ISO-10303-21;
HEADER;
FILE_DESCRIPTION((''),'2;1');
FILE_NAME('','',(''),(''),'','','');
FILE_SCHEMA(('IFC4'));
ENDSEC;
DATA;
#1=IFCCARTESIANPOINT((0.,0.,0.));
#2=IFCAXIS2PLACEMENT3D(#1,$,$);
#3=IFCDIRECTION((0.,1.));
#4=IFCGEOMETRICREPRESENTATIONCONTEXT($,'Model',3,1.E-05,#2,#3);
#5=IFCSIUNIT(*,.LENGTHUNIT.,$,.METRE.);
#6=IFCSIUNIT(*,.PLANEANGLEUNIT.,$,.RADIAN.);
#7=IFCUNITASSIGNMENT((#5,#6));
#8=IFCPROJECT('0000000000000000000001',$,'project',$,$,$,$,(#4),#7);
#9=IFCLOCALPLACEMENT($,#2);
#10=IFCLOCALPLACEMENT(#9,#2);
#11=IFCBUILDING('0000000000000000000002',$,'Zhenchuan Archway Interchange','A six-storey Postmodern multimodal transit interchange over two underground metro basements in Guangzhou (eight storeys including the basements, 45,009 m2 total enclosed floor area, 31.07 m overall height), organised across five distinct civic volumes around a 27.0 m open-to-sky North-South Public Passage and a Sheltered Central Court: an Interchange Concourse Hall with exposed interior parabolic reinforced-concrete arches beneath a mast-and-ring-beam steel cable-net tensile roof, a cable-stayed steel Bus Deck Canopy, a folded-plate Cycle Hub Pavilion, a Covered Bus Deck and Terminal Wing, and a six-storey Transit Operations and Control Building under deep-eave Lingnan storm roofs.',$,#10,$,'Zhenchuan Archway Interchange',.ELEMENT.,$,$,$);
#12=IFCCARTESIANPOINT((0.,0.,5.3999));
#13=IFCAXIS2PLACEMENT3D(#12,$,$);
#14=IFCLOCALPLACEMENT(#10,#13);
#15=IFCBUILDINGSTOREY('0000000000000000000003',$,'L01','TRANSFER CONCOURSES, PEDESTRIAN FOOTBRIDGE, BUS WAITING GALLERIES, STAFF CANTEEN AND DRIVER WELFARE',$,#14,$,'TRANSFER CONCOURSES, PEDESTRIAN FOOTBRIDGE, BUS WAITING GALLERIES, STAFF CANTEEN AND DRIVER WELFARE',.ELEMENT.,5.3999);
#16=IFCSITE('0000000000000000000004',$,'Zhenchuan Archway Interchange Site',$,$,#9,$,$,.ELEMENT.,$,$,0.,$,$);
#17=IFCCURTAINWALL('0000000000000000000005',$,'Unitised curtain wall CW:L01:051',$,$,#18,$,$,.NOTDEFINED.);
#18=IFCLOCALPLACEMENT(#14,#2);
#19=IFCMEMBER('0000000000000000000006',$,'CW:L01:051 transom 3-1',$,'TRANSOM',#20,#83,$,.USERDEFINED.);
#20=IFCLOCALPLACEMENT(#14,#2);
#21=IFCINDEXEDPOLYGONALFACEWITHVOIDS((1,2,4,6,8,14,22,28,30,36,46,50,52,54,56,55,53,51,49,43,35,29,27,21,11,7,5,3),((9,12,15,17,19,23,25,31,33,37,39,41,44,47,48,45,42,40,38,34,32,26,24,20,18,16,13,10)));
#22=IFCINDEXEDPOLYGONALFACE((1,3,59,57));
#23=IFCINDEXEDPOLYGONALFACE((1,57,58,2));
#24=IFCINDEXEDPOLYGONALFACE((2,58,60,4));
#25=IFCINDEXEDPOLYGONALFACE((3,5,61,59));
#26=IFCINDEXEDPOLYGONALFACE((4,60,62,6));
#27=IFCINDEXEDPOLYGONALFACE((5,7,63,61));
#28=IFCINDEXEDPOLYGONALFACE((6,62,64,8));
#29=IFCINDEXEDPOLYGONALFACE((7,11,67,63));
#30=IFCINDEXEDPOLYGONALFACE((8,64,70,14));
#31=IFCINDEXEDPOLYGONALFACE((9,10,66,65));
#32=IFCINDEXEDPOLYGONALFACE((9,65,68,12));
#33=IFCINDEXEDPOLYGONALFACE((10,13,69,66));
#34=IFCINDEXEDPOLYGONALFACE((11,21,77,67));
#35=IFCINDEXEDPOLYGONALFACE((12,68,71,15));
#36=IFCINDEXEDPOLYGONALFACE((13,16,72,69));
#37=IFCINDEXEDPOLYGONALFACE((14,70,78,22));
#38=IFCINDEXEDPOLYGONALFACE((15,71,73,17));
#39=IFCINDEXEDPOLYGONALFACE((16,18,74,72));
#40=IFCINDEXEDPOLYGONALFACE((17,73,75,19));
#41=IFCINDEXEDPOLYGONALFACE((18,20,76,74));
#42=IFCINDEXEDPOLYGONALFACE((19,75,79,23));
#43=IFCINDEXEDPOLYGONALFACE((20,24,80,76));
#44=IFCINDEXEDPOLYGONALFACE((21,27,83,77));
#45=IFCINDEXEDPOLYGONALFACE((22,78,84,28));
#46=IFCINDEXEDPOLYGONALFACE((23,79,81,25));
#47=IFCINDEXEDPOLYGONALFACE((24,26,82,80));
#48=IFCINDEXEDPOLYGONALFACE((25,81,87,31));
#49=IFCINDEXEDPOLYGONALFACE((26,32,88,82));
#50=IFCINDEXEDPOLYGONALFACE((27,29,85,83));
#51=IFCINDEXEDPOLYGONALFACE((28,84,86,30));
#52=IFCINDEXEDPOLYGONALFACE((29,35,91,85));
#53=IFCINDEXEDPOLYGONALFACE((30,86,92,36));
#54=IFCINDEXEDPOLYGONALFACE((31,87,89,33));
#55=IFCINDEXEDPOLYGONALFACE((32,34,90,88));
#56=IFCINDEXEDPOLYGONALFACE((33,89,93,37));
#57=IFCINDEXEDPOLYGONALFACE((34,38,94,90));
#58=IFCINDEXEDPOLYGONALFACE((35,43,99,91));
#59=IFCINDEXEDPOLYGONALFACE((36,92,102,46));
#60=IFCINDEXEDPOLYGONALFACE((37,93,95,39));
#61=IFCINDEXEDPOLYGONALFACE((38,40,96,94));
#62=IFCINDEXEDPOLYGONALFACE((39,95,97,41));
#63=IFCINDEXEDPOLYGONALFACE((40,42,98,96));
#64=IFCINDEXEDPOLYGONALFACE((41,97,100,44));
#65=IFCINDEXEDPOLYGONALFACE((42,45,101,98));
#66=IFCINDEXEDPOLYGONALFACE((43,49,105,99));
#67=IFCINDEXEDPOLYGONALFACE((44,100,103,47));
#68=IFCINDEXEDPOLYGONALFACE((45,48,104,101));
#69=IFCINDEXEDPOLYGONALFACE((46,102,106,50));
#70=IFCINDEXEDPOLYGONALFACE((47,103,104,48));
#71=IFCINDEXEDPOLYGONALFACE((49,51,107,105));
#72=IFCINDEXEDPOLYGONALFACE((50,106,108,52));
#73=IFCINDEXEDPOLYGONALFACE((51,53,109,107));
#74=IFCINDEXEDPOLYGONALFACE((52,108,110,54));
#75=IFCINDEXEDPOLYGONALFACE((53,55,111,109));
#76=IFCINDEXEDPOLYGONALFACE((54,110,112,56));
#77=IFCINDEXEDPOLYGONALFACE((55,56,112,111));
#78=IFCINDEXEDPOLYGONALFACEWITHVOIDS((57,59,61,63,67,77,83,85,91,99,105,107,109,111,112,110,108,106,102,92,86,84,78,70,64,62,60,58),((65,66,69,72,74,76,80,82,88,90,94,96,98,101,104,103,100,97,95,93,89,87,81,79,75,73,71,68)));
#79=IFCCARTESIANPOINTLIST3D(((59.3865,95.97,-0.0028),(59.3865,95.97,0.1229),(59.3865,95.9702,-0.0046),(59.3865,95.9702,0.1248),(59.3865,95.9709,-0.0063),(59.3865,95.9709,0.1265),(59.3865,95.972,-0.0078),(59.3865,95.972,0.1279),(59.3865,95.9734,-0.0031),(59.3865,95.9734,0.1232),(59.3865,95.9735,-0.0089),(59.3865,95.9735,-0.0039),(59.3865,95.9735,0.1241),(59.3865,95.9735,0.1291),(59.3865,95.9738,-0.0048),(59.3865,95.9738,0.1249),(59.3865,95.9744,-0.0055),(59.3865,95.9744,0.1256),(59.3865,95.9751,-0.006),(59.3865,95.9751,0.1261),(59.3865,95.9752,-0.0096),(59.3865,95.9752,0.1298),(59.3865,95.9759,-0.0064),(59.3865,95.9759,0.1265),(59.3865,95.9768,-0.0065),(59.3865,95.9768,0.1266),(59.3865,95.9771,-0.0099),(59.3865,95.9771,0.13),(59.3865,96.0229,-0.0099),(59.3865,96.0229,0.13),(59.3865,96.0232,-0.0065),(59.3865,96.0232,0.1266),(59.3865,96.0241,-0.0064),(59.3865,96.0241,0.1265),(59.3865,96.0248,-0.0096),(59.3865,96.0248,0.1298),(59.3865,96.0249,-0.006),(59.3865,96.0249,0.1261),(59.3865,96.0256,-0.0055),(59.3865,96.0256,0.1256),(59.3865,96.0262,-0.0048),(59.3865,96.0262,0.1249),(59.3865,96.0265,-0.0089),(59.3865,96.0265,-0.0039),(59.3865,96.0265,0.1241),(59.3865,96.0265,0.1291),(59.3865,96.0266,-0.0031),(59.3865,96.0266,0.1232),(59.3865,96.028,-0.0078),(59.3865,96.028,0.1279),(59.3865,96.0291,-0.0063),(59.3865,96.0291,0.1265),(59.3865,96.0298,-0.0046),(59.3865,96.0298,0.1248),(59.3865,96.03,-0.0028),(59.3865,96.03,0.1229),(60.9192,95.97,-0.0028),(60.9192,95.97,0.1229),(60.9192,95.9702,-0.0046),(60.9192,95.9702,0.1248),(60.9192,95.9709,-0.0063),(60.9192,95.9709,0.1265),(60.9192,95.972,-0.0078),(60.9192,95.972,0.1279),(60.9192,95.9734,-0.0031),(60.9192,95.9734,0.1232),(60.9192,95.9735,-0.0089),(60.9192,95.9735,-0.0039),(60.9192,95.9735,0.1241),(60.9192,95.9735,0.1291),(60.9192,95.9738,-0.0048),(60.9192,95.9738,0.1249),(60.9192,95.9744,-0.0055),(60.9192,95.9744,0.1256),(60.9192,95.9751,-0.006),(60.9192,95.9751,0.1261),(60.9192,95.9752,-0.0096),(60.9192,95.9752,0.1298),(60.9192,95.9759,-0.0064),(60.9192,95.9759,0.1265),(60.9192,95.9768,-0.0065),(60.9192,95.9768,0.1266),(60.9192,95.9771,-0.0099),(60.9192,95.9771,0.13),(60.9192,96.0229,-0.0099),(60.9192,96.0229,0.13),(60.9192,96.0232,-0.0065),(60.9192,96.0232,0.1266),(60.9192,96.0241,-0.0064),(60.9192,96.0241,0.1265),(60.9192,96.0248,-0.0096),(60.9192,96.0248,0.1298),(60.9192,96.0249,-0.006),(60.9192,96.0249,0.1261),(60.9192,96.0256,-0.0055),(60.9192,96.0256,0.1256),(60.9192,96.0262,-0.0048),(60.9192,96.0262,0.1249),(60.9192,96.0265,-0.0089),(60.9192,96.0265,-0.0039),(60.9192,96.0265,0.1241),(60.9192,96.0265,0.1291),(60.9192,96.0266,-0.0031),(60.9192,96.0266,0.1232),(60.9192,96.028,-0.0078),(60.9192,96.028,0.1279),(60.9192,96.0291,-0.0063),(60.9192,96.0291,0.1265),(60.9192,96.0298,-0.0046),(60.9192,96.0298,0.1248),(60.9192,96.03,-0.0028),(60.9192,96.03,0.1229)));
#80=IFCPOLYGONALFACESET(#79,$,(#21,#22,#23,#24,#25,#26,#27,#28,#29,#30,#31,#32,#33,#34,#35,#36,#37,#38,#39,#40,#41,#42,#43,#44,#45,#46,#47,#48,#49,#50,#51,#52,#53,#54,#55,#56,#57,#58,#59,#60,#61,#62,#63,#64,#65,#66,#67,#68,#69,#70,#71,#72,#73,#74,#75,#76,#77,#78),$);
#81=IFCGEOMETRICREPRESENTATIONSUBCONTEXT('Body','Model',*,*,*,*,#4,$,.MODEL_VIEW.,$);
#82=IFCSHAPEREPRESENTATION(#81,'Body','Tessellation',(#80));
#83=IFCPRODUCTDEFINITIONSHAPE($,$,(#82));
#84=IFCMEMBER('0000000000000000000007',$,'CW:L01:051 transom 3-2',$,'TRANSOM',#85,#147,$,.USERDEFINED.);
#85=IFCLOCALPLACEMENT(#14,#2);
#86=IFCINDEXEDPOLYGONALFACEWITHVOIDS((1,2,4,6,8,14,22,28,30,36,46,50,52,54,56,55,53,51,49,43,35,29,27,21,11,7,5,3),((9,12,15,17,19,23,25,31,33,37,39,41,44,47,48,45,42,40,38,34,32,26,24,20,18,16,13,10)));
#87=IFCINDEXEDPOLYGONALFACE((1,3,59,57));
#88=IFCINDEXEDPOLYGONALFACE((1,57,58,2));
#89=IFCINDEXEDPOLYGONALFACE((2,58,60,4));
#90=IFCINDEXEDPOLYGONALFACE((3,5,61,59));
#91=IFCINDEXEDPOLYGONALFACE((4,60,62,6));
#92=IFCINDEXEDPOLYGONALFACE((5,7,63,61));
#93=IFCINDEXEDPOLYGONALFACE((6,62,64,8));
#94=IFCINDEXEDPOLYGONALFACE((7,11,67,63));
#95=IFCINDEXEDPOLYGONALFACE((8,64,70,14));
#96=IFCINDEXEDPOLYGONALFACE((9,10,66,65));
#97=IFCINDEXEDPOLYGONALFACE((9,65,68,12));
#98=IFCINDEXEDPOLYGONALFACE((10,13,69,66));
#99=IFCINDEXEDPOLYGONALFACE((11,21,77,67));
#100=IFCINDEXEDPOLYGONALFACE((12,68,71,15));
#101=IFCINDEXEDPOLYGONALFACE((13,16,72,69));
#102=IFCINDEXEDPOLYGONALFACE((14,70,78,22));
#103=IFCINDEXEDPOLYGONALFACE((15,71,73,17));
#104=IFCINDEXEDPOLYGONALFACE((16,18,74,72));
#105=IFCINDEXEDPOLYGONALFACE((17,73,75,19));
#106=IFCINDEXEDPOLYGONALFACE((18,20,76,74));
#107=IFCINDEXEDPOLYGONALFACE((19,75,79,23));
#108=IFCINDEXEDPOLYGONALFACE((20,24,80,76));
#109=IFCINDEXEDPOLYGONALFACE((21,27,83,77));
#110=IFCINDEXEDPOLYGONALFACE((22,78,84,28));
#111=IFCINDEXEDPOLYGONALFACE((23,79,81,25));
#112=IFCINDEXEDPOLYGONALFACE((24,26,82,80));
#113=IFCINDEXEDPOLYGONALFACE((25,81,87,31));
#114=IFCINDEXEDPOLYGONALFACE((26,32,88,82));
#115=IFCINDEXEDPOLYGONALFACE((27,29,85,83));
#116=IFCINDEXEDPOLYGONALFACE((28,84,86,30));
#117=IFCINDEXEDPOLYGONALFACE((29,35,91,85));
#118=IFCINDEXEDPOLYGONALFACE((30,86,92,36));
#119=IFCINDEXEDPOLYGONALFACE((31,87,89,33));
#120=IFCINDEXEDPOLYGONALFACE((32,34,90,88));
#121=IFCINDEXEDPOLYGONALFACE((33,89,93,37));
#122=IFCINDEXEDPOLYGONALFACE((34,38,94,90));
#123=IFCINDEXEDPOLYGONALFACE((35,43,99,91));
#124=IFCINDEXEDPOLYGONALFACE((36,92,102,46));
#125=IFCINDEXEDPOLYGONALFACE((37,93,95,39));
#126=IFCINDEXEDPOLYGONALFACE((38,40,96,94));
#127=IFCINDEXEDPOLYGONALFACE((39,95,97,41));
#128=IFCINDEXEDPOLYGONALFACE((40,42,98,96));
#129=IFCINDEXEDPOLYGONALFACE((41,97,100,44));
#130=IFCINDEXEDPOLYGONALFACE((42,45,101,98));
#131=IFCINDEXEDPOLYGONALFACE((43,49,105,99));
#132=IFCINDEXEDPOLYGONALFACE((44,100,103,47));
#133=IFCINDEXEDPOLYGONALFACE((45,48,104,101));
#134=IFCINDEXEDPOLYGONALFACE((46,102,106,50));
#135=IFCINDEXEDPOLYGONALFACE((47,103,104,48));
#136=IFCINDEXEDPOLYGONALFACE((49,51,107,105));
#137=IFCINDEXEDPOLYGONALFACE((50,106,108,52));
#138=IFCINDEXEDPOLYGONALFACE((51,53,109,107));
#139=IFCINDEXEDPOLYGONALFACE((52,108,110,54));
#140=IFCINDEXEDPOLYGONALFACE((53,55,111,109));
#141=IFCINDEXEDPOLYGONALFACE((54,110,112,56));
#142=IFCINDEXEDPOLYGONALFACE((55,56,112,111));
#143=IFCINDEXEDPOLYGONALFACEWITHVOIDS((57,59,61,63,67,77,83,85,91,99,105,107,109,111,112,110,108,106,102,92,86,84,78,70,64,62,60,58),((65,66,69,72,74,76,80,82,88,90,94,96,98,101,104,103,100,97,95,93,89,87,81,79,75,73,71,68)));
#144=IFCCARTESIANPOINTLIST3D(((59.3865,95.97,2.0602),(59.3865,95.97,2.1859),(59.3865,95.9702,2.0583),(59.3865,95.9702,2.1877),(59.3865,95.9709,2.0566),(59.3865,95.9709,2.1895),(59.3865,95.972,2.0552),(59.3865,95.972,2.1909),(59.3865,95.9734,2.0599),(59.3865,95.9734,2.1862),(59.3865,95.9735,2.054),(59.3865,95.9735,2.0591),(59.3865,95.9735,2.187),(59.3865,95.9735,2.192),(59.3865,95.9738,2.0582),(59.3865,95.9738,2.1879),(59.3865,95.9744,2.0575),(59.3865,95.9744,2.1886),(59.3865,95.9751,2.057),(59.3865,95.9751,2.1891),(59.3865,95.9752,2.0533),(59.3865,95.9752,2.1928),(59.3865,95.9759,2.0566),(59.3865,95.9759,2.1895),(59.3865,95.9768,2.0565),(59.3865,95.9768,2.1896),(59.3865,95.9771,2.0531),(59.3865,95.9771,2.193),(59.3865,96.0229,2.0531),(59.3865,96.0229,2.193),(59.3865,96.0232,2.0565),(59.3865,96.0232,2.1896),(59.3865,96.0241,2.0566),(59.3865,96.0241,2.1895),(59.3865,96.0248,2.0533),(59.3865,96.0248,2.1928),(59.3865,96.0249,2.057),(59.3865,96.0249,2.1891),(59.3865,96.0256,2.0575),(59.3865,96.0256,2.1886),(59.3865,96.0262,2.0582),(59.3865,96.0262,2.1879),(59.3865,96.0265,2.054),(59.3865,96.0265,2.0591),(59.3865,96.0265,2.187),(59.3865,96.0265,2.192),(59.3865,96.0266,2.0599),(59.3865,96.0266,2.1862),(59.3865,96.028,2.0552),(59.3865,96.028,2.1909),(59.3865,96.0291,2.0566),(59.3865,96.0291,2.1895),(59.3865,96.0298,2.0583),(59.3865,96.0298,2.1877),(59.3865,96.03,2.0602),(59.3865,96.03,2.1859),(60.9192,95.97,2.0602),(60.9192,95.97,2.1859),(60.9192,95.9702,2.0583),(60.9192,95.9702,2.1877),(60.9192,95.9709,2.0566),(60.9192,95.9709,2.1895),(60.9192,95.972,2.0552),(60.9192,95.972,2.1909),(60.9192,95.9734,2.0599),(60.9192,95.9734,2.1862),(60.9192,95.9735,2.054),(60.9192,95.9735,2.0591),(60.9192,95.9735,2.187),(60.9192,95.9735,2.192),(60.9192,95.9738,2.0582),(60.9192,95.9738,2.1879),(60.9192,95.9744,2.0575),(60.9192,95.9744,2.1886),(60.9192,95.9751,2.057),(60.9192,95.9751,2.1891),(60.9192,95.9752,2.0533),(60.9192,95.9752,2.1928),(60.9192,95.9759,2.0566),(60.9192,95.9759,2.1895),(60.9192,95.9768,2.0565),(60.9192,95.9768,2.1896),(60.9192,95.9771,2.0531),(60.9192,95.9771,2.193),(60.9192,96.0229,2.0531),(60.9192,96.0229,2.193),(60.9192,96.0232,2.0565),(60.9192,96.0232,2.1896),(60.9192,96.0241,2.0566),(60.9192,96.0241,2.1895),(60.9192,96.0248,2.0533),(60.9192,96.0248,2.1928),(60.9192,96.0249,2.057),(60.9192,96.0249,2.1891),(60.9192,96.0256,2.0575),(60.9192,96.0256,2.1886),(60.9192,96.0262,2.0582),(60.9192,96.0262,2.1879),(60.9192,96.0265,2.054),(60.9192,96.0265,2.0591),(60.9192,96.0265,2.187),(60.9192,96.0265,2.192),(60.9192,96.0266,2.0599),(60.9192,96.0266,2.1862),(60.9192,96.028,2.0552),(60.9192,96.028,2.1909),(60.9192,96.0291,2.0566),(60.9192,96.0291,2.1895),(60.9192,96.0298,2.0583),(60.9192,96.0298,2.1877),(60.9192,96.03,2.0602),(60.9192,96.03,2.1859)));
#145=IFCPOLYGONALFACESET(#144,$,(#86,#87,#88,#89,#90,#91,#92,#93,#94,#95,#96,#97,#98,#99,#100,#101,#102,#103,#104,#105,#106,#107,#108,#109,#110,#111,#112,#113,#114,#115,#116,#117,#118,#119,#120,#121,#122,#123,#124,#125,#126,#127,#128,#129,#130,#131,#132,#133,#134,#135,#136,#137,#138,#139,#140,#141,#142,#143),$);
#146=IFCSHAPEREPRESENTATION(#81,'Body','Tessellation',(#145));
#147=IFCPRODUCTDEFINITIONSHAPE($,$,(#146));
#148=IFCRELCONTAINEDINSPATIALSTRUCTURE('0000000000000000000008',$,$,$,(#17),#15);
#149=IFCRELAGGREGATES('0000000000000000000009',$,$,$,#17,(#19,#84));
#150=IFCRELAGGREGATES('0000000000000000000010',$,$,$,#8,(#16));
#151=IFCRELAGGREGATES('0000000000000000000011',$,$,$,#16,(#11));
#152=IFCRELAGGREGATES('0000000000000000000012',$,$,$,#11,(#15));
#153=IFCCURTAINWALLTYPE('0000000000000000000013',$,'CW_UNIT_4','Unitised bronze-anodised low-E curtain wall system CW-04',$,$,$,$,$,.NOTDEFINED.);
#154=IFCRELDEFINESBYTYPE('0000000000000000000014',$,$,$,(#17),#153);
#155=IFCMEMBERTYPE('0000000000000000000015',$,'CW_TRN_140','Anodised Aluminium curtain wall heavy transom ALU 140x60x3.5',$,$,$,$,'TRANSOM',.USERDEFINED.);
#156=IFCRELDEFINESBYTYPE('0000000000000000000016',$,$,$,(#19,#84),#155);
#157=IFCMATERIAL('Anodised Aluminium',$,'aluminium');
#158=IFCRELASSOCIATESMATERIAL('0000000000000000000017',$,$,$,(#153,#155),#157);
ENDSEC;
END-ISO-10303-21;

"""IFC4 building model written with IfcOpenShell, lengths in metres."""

from ifc_helpers import new_model, si_unit, direction, frame, origin, origin_2d, place, context, subcontext, project, spatial, hollow_rectangle, extrude, material, material_profile, profile_set, type_object, element, aggregate, save


model = new_model("IFC4")

# Units and contexts
model_context = context("Model", 3, precision=1e-05, world=origin(), true_north=direction((0.0, 1.0)))
body_context = subcontext(model_context, "Body", "Model", "MODEL_VIEW")
ifc_project = project(units=[si_unit("LENGTHUNIT", "METRE"), si_unit("PLANEANGLEUNIT", "RADIAN")], contexts=[model_context])

# Site, building, storey
site_placement = place(None, origin())
site = spatial("IfcSite", under=ifc_project, at=site_placement, Name="Zhenchuan Archway Interchange Site", CompositionType="ELEMENT", RefElevation=0.0)
building_placement = place(site_placement, origin())
building = spatial("IfcBuilding", under=site, at=building_placement, Name="Zhenchuan Archway Interchange", Description="A six-storey Postmodern multimodal transit interchange over two underground metro basements in Guangzhou (eight storeys including the basements, 45,009 m2 total enclosed floor area, 31.07 m overall height), organised across five distinct civic volumes around a 27.0 m open-to-sky North-South Public Passage and a Sheltered Central Court: an Interchange Concourse Hall with exposed interior parabolic reinforced-concrete arches beneath a mast-and-ring-beam steel cable-net tensile roof, a cable-stayed steel Bus Deck Canopy, a folded-plate Cycle Hub Pavilion, a Covered Bus Deck and Terminal Wing, and a six-storey Transit Operations and Control Building under deep-eave Lingnan storm roofs.", LongName="Zhenchuan Archway Interchange", CompositionType="ELEMENT")
storey_placement = place(building_placement, frame((0.0, 0.0, 5.3999)))
storey = spatial("IfcBuildingStorey", under=building, at=storey_placement, Name="L01", Description="TRANSFER CONCOURSES, PEDESTRIAN FOOTBRIDGE, BUS WAITING GALLERIES, STAFF CANTEEN AND DRIVER WELFARE", LongName="TRANSFER CONCOURSES, PEDESTRIAN FOOTBRIDGE, BUS WAITING GALLERIES, STAFF CANTEEN AND DRIVER WELFARE", CompositionType="ELEMENT", Elevation=5.3999)

# Curtain wall, members
ifc_material_1 = material(Name="Anodised Aluminium", Category="aluminium")
curtain_wall_type = type_object("IfcCurtainWallType", Name="CW_UNIT_4", Description="Unitised bronze-anodised low-E curtain wall system CW-04", PredefinedType="NOTDEFINED", material=ifc_material_1)
curtain_wall_placement = place(storey_placement, origin())
curtain_wall = element("IfcCurtainWall", 1, at=curtain_wall_placement, inside=storey, type_object=curtain_wall_type, Name="Unitised curtain wall CW:L01:051", PredefinedType="NOTDEFINED")
ifc_material_profile_1 = material_profile(ifc_material_1, hollow_rectangle(XDim=0.0601, YDim=0.1399, WallThickness=0.0034, InnerFilletRadius=0.0034, OuterFilletRadius=0.0071, at=origin_2d()), Name="ALU 140x60x3.5")
ifc_profile_set_1 = profile_set([ifc_material_profile_1], Name="Anodised Aluminium")
member_type_1 = type_object("IfcMemberType", Name="CW_TRN_140", Description="Anodised Aluminium curtain wall heavy transom ALU 140x60x3.5", ElementType="TRANSOM", PredefinedType="USERDEFINED", material=ifc_profile_set_1)
member_1_placement = place(storey_placement, frame((59.3865, 96.0, 0.0601), z_axis=(1.0, 0.0, 0.0), x_axis=(0.0, 1.0, 0.0)))
member_1 = element("IfcMember", 2, at=member_1_placement, type_object=member_type_1, Name="CW:L01:051 transom 3-1", ObjectType="TRANSOM", PredefinedType="USERDEFINED", context=body_context, shape_type="SweptSolid", body=[
    extrude(hollow_rectangle(XDim=0.0601, YDim=0.1399, WallThickness=0.0034, InnerFilletRadius=0.0034, OuterFilletRadius=0.0071, at=origin_2d()), origin(), (0.0, 0.0, 1.0), 1.5327),
])
member_2_placement = place(storey_placement, frame((59.3865, 96.0, 2.123), z_axis=(1.0, 0.0, 0.0), x_axis=(0.0, 1.0, 0.0)))
member_2 = element("IfcMember", 3, at=member_2_placement, type_object=member_type_1, Name="CW:L01:051 transom 3-2", ObjectType="TRANSOM", PredefinedType="USERDEFINED", context=body_context, shape_type="SweptSolid", body=[
    extrude(hollow_rectangle(XDim=0.0601, YDim=0.1399, WallThickness=0.0034, InnerFilletRadius=0.0034, OuterFilletRadius=0.0071, at=origin_2d()), origin(), (0.0, 0.0, 1.0), 1.5327),
])

aggregate(curtain_wall, [member_1, member_2])

save(model, "model.ifc")
